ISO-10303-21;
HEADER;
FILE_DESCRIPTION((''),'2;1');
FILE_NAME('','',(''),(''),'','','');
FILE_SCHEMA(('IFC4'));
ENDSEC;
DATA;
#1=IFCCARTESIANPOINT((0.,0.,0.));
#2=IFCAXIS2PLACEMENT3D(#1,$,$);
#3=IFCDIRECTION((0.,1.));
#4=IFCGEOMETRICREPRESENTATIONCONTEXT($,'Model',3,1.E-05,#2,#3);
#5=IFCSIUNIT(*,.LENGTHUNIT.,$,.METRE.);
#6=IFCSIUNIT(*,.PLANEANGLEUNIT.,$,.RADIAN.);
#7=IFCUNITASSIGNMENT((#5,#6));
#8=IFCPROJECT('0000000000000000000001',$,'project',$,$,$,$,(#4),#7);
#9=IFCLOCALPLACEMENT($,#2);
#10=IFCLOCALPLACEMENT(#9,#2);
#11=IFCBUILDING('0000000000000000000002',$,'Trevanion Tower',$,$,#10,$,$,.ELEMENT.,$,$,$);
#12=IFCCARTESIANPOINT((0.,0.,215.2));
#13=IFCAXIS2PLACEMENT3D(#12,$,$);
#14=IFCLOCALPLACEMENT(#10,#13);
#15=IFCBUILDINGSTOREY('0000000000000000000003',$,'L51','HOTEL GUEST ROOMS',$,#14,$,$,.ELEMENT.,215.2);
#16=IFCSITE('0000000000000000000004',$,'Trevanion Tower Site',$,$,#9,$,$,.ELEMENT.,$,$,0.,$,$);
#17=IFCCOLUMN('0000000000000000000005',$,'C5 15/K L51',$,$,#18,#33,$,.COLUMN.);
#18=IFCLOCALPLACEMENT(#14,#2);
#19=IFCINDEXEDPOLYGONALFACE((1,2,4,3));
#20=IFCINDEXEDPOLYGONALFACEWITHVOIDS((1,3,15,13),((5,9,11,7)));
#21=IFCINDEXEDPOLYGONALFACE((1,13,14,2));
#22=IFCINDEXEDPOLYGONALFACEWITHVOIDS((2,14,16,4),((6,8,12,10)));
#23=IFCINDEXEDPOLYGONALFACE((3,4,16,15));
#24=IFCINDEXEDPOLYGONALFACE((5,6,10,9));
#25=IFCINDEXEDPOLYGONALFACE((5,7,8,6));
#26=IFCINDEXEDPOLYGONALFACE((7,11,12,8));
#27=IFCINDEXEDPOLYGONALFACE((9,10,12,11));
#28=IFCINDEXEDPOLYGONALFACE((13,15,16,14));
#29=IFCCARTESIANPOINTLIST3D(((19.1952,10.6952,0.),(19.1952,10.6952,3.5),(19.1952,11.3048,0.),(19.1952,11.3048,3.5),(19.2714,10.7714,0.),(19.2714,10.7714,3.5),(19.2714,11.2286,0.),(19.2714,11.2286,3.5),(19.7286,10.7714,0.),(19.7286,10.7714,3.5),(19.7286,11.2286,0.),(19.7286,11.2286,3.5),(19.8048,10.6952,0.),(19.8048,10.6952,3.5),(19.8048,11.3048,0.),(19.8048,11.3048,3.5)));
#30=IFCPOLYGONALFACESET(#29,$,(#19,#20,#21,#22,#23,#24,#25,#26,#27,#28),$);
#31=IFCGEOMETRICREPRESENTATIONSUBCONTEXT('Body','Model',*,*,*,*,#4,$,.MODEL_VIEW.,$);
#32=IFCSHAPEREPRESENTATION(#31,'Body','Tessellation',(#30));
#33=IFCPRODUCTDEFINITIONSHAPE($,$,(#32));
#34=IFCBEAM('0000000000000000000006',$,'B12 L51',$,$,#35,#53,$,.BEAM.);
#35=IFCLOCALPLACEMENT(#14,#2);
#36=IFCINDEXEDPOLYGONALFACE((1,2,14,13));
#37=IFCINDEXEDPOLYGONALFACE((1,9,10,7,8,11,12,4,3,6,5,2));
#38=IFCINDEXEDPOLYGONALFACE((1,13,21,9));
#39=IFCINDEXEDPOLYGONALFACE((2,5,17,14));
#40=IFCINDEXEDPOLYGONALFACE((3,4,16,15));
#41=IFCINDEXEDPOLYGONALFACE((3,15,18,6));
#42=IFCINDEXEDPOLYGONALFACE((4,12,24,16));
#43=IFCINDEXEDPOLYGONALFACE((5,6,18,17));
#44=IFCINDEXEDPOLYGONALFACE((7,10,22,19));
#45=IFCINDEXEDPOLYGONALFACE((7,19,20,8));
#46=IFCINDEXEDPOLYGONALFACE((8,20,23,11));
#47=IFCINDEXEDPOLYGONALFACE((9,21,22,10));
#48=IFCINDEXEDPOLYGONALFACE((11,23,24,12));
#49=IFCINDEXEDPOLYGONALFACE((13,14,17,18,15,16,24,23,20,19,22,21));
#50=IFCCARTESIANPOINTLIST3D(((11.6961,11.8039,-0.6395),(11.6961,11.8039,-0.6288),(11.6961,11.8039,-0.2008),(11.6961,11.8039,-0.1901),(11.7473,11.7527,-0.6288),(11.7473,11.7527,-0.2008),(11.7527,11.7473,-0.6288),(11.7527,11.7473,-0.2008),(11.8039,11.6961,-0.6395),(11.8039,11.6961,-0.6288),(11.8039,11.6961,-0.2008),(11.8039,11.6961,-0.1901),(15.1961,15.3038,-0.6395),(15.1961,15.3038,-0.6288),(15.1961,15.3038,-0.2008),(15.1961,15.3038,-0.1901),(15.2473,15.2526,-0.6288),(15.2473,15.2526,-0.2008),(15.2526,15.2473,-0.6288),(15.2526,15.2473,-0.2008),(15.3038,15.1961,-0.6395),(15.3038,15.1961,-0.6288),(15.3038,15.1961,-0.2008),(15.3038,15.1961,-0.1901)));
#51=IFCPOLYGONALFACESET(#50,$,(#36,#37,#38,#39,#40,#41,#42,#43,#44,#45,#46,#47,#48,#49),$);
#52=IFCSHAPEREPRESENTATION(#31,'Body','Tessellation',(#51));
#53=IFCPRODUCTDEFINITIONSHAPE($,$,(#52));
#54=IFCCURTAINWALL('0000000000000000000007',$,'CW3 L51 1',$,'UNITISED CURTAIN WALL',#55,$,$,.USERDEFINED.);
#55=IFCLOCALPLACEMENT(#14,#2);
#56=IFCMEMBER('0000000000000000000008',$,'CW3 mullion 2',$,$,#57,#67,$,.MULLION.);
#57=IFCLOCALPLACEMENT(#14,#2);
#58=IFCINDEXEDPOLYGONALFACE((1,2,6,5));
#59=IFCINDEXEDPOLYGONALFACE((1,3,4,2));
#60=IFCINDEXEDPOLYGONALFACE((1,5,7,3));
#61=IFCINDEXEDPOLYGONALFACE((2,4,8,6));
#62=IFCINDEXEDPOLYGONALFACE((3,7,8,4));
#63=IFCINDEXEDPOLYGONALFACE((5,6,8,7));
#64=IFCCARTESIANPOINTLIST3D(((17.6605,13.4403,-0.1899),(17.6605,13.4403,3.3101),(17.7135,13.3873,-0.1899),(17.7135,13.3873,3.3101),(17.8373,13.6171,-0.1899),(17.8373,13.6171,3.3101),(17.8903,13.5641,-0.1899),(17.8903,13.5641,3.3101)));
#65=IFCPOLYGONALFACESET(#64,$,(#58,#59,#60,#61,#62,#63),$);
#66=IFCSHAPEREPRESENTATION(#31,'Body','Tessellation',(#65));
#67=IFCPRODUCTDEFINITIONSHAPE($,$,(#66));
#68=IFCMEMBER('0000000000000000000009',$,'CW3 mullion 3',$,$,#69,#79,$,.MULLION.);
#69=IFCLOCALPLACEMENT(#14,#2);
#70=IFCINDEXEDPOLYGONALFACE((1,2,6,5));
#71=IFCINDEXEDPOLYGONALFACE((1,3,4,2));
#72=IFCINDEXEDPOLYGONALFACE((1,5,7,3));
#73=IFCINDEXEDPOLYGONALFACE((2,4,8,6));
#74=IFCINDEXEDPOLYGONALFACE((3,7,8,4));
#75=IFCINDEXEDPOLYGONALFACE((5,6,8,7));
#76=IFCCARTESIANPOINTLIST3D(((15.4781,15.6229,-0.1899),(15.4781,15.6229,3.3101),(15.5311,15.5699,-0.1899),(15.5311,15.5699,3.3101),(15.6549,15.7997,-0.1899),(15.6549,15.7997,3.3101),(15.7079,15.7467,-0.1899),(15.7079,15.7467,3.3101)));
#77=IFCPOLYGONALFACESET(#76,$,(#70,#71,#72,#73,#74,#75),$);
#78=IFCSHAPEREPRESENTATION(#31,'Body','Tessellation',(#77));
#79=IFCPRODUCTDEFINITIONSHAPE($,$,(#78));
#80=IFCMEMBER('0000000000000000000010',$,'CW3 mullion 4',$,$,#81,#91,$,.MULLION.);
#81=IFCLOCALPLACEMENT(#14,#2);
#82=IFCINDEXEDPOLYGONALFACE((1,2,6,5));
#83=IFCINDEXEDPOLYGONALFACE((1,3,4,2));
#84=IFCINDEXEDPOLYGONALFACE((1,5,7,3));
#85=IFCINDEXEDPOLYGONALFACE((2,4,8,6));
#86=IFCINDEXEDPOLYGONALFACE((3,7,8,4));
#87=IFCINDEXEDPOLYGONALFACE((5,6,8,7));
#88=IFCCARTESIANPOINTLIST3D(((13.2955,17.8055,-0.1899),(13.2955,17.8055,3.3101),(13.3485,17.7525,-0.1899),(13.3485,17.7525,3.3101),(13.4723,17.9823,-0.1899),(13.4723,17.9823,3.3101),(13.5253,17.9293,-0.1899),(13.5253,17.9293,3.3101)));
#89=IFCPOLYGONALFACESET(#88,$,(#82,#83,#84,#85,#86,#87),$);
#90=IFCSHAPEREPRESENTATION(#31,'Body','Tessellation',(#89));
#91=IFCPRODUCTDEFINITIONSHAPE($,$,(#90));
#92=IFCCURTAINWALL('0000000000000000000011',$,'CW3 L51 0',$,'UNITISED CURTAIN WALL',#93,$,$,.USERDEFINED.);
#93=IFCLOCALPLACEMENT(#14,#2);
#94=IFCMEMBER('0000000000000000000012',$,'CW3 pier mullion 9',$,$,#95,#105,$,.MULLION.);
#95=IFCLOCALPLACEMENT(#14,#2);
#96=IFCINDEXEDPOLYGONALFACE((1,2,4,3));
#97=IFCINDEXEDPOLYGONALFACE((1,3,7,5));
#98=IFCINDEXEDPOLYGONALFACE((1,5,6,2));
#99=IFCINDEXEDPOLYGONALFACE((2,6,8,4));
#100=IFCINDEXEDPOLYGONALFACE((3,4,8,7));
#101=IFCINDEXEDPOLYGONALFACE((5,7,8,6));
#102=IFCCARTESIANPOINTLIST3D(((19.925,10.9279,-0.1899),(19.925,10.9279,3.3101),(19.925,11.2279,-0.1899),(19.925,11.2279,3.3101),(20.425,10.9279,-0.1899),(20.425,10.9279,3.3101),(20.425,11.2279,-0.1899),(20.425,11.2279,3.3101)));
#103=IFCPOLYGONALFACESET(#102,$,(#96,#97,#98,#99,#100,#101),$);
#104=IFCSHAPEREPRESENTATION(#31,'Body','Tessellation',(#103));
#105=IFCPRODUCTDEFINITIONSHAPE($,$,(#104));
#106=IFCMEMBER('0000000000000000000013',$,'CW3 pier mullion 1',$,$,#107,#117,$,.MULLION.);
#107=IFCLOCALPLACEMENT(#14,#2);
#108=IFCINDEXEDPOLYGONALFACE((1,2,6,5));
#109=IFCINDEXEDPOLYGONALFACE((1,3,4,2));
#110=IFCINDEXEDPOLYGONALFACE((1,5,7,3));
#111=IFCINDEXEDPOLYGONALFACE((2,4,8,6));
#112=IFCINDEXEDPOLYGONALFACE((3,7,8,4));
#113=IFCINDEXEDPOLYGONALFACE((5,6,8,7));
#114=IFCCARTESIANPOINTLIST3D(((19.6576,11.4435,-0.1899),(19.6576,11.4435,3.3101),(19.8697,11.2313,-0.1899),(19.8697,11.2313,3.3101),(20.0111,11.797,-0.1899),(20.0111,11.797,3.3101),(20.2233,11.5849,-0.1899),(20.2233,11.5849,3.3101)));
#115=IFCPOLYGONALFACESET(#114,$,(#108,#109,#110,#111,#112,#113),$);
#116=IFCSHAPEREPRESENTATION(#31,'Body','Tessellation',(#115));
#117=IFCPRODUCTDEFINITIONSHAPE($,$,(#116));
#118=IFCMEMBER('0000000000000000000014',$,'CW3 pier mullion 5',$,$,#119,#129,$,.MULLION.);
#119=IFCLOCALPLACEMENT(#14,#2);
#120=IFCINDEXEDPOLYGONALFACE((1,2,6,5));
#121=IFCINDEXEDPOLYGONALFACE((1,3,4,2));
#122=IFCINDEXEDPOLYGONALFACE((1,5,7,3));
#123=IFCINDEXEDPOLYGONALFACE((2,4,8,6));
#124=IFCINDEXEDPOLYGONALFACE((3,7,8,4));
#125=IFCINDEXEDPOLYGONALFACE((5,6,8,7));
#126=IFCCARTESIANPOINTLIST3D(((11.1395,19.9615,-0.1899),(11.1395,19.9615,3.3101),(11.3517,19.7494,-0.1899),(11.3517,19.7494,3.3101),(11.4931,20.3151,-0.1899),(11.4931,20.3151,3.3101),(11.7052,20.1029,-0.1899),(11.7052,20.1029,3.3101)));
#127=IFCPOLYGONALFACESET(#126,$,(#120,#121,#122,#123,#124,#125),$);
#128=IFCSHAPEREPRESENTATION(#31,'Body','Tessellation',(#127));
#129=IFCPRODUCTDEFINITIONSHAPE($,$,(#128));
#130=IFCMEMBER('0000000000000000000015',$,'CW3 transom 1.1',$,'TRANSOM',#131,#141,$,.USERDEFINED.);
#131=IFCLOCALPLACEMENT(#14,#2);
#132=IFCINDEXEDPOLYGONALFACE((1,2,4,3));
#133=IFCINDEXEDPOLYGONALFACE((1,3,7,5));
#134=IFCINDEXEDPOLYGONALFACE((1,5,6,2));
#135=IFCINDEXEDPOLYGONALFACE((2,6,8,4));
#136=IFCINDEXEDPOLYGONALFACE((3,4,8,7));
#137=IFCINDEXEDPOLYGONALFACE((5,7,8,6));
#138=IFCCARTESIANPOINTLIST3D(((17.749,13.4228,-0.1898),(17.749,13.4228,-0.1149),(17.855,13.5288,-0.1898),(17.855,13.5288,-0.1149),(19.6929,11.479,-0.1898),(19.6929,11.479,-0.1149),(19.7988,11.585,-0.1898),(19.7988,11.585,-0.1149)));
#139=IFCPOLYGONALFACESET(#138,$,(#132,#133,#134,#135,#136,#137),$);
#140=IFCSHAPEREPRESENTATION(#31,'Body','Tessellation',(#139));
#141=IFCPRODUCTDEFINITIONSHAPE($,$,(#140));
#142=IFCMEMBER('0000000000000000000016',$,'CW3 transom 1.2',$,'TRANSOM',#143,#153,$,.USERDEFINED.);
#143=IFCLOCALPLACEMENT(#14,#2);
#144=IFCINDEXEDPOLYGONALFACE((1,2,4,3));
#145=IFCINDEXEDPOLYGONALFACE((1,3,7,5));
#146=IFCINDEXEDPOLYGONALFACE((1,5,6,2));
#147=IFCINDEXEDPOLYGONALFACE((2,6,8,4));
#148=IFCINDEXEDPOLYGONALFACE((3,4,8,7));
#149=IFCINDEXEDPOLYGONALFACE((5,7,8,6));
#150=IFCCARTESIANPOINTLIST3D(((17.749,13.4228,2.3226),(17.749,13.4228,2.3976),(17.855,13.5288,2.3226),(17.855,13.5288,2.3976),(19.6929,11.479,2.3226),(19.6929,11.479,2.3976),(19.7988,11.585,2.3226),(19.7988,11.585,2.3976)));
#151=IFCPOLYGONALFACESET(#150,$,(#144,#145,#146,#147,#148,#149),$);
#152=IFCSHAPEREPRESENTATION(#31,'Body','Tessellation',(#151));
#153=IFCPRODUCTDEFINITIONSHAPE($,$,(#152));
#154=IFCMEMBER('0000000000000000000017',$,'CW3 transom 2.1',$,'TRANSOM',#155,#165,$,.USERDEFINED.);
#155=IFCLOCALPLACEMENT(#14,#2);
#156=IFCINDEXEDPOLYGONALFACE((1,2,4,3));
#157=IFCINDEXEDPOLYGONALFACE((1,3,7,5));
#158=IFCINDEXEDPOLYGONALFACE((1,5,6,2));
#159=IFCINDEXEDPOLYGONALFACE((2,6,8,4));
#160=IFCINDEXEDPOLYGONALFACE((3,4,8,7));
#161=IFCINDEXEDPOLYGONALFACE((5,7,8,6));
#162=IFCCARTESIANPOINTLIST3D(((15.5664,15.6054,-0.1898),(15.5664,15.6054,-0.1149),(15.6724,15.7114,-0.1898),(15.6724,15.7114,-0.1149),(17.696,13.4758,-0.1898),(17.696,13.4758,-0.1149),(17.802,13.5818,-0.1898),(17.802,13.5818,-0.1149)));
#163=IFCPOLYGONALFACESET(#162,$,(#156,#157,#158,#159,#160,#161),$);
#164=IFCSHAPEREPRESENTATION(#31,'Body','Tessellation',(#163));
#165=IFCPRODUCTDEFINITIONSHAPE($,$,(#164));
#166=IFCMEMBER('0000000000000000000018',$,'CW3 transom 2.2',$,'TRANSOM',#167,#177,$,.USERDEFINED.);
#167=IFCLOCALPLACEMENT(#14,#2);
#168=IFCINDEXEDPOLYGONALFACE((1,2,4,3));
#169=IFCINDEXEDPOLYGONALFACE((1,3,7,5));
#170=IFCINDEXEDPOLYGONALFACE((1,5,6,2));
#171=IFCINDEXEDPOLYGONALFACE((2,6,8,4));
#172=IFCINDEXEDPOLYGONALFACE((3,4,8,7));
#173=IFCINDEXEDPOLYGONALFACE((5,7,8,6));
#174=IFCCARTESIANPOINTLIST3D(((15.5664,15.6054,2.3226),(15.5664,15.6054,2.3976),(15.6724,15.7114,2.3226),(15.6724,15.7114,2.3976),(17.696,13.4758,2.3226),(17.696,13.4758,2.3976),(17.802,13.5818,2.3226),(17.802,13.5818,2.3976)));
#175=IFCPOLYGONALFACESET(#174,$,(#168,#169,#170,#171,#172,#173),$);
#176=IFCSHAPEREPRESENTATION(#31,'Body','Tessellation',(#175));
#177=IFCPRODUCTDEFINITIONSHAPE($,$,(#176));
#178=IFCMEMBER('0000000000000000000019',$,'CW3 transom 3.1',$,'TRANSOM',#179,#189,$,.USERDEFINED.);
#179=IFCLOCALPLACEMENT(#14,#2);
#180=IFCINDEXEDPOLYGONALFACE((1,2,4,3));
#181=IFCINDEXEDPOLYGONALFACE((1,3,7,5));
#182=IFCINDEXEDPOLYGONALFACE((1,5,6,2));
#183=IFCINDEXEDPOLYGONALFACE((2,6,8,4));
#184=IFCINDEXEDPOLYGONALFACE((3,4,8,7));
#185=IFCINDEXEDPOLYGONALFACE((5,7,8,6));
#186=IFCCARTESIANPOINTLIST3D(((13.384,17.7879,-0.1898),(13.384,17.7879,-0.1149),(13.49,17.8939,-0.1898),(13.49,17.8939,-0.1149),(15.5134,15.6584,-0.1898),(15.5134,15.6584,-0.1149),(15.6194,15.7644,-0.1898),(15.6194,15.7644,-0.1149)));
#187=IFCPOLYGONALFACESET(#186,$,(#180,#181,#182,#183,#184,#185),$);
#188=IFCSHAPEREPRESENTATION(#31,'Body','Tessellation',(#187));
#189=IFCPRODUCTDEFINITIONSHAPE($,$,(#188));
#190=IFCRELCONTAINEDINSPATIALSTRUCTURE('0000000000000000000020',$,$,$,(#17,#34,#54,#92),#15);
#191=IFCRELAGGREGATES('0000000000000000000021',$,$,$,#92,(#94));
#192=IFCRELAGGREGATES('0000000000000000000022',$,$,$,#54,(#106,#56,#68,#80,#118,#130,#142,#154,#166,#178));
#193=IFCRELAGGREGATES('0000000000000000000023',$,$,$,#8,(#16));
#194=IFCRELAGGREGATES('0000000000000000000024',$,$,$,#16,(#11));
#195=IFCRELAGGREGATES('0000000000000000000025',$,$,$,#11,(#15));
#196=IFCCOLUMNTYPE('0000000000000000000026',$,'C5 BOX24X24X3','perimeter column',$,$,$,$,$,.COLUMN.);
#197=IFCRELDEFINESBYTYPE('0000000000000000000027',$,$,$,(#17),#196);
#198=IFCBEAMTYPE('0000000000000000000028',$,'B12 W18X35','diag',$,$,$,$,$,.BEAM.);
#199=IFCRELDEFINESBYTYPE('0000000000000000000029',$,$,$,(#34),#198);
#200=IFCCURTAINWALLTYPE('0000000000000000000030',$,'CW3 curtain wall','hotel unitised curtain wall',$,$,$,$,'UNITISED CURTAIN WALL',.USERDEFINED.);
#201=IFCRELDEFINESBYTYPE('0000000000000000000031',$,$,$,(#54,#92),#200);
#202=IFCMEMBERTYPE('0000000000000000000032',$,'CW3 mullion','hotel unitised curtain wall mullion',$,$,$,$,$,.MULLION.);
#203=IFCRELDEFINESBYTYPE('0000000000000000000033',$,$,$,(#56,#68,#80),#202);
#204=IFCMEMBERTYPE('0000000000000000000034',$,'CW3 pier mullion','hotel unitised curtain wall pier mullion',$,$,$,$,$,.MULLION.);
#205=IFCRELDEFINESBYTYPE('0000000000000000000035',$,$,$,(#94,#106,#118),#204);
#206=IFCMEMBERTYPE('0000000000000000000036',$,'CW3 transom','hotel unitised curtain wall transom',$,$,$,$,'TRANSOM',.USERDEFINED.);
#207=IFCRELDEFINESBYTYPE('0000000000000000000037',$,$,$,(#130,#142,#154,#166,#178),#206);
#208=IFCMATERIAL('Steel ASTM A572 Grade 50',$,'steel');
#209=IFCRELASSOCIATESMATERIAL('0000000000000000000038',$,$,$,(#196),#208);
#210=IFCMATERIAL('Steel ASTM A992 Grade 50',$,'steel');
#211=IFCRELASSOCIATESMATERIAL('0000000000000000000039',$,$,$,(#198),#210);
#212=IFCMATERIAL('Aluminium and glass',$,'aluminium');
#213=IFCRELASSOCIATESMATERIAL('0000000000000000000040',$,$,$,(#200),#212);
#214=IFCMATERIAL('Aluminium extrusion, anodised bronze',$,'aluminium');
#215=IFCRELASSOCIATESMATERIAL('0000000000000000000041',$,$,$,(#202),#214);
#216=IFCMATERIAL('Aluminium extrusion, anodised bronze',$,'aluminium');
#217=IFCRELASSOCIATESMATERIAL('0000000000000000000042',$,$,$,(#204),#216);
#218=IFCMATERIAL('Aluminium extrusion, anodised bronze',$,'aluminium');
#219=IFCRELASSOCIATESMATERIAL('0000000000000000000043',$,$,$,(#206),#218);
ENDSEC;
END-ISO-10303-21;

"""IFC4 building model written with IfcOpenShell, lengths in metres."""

from ifc_helpers import new_model, si_unit, direction, frame, origin, origin_2d, place, context, subcontext, project, spatial, rectangle, hollow_rectangle, i_section, extrude, material, material_profile, profile_set, type_object, element, aggregate, save


model = new_model("IFC4")

# Units and contexts
model_context = context("Model", 3, precision=1e-05, world=origin(), true_north=direction((0.0, 1.0)))
body_context = subcontext(model_context, "Body", "Model", "MODEL_VIEW")
ifc_project = project(units=[si_unit("LENGTHUNIT", "METRE"), si_unit("PLANEANGLEUNIT", "RADIAN")], contexts=[model_context])

# Site, building, storey
site_placement = place(None, origin())
site = spatial("IfcSite", under=ifc_project, at=site_placement, Name="Trevanion Tower Site", CompositionType="ELEMENT", RefElevation=0.0)
building_placement = place(site_placement, origin())
building = spatial("IfcBuilding", under=site, at=building_placement, Name="Trevanion Tower", CompositionType="ELEMENT")
storey_placement = place(building_placement, frame((0.0, 0.0, 215.2)))
storey = spatial("IfcBuildingStorey", under=building, at=storey_placement, Name="L51", Description="HOTEL GUEST ROOMS", CompositionType="ELEMENT", Elevation=215.2)

# Column
ifc_material_1 = material(Name="Steel ASTM A572 Grade 50", Category="steel")
ifc_material_profile_1 = material_profile(ifc_material_1, hollow_rectangle(XDim=0.6096, YDim=0.6096, WallThickness=0.0762, at=origin_2d()), Name="BOX24X24X3")
ifc_profile_set_1 = profile_set([ifc_material_profile_1], Name="Steel ASTM A572 Grade 50")
column_type = type_object("IfcColumnType", Name="C5 BOX24X24X3", Description="perimeter column", PredefinedType="COLUMN", material=ifc_profile_set_1)
column_placement = place(storey_placement, frame((19.5, 11.0, 0.0), z_axis=(0.0, 0.0, 1.0), x_axis=(0.0, 1.0, 0.0)))
element("IfcColumn", 1, at=column_placement, inside=storey, type_object=column_type, Name="C5 15/K L51", PredefinedType="COLUMN", context=body_context, shape_type="SweptSolid", body=[
    extrude(hollow_rectangle(XDim=0.6096, YDim=0.6096, WallThickness=0.0762, at=origin_2d()), origin(), (0.0, 0.0, 1.0), 3.5),
])

# Beam
ifc_material_2 = material(Name="Steel ASTM A992 Grade 50", Category="steel")
ifc_material_profile_2 = material_profile(ifc_material_2, i_section(OverallWidth=0.1523, OverallDepth=0.4495, WebThickness=0.0076, FlangeThickness=0.0107, at=origin_2d()), Name="W18X35")
ifc_profile_set_2 = profile_set([ifc_material_profile_2], Name="Steel ASTM A992 Grade 50")
beam_type_1 = type_object("IfcBeamType", Name="B12 W18X35", Description="diag", PredefinedType="BEAM", material=ifc_profile_set_2)
beam_1_placement = place(storey_placement, frame((11.75, 11.75, -0.4148), z_axis=(0.707107, 0.707107, 0.0), x_axis=(-0.707107, 0.707107, 0.0)))
element("IfcBeam", 2, at=beam_1_placement, inside=storey, type_object=beam_type_1, Name="B12 L51", PredefinedType="BEAM", context=body_context, shape_type="SweptSolid", body=[
    extrude(i_section(OverallWidth=0.1523, OverallDepth=0.4495, WebThickness=0.0076, FlangeThickness=0.0107, at=origin_2d()), origin(), (0.0, 0.0, 1.0), 4.9497),
])

# Curtain wall, members
ifc_material_3 = material(Name="Aluminium and glass", Category="aluminium")
curtain_wall_type = type_object("IfcCurtainWallType", Name="CW3 curtain wall", Description="hotel unitised curtain wall", ElementType="UNITISED CURTAIN WALL", PredefinedType="USERDEFINED", material=ifc_material_3)
curtain_wall_1_placement = place(storey_placement, origin())
curtain_wall_1 = element("IfcCurtainWall", 3, at=curtain_wall_1_placement, inside=storey, type_object=curtain_wall_type, Name="CW3 L51 1", ObjectType="UNITISED CURTAIN WALL", PredefinedType="USERDEFINED")
ifc_material_4 = material(Name="Aluminium extrusion, anodised bronze", Category="aluminium")
ifc_material_profile_3 = material_profile(ifc_material_4, rectangle(XDim=0.075, YDim=0.25, at=origin_2d()), Name="CW3 mullion")
ifc_profile_set_3 = profile_set([ifc_material_profile_3], Name="Aluminium extrusion, anodised bronze")
member_type_1 = type_object("IfcMemberType", Name="CW3 mullion", Description="hotel unitised curtain wall mullion", PredefinedType="MULLION", material=ifc_profile_set_3)
member_1_placement = place(storey_placement, frame((17.7754, 13.5022, -0.1899), z_axis=(0.0, 0.0, 1.0), x_axis=(-0.707107, 0.707107, 0.0)))
member_1 = element("IfcMember", 4, at=member_1_placement, type_object=member_type_1, Name="CW3 mullion 2", PredefinedType="MULLION", context=body_context, shape_type="SweptSolid", body=[
    extrude(rectangle(XDim=0.075, YDim=0.25, at=origin_2d()), origin(), (0.0, 0.0, 1.0), 3.5),
])
member_2_placement = place(storey_placement, frame((15.593, 15.6848, -0.1899), z_axis=(0.0, 0.0, 1.0), x_axis=(-0.707107, 0.707107, 0.0)))
member_2 = element("IfcMember", 5, at=member_2_placement, type_object=member_type_1, Name="CW3 mullion 3", PredefinedType="MULLION", context=body_context, shape_type="SweptSolid", body=[
    extrude(rectangle(XDim=0.075, YDim=0.25, at=origin_2d()), origin(), (0.0, 0.0, 1.0), 3.5),
])
member_3_placement = place(storey_placement, frame((13.4104, 17.8674, -0.1899), z_axis=(0.0, 0.0, 1.0), x_axis=(-0.707107, 0.707107, 0.0)))
member_3 = element("IfcMember", 6, at=member_3_placement, type_object=member_type_1, Name="CW3 mullion 4", PredefinedType="MULLION", context=body_context, shape_type="SweptSolid", body=[
    extrude(rectangle(XDim=0.075, YDim=0.25, at=origin_2d()), origin(), (0.0, 0.0, 1.0), 3.5),
])

# Curtain wall, member
curtain_wall_2_placement = place(storey_placement, origin())
curtain_wall_2 = element("IfcCurtainWall", 7, at=curtain_wall_2_placement, inside=storey, type_object=curtain_wall_type, Name="CW3 L51 0", ObjectType="UNITISED CURTAIN WALL", PredefinedType="USERDEFINED")
ifc_material_5 = material(Name="Aluminium extrusion, anodised bronze", Category="aluminium")
ifc_material_profile_4 = material_profile(ifc_material_5, rectangle(XDim=0.3, YDim=0.5, at=origin_2d()), Name="CW3 pier mullion")
ifc_profile_set_4 = profile_set([ifc_material_profile_4], Name="Aluminium extrusion, anodised bronze")
member_type_2 = type_object("IfcMemberType", Name="CW3 pier mullion", Description="hotel unitised curtain wall pier mullion", PredefinedType="MULLION", material=ifc_profile_set_4)
member_4_placement = place(storey_placement, frame((20.175, 11.0779, -0.1899), z_axis=(0.0, 0.0, 1.0), x_axis=(0.0, 1.0, 0.0)))
member_4 = element("IfcMember", 8, at=member_4_placement, type_object=member_type_2, Name="CW3 pier mullion 9", PredefinedType="MULLION", context=body_context, shape_type="SweptSolid", body=[
    extrude(rectangle(XDim=0.3, YDim=0.5, at=origin_2d()), origin(), (0.0, 0.0, 1.0), 3.5),
])

# Members
member_5_placement = place(storey_placement, frame((19.9404, 11.5142, -0.1899), z_axis=(0.0, 0.0, 1.0), x_axis=(-0.707107, 0.707107, 0.0)))
member_5 = element("IfcMember", 9, at=member_5_placement, type_object=member_type_2, Name="CW3 pier mullion 1", PredefinedType="MULLION", context=body_context, shape_type="SweptSolid", body=[
    extrude(rectangle(XDim=0.3, YDim=0.5, at=origin_2d()), origin(), (0.0, 0.0, 1.0), 3.5),
])
member_6_placement = place(storey_placement, frame((11.4224, 20.0322, -0.1899), z_axis=(0.0, 0.0, 1.0), x_axis=(-0.707107, 0.707107, 0.0)))
member_6 = element("IfcMember", 10, at=member_6_placement, type_object=member_type_2, Name="CW3 pier mullion 5", PredefinedType="MULLION", context=body_context, shape_type="SweptSolid", body=[
    extrude(rectangle(XDim=0.3, YDim=0.5, at=origin_2d()), origin(), (0.0, 0.0, 1.0), 3.5),
])
ifc_material_6 = material(Name="Aluminium extrusion, anodised bronze", Category="aluminium")
ifc_material_profile_5 = material_profile(ifc_material_6, rectangle(XDim=0.1499, YDim=0.075, at=origin_2d()), Name="CW3 transom")
ifc_profile_set_5 = profile_set([ifc_material_profile_5], Name="Aluminium extrusion, anodised bronze")
member_type_3 = type_object("IfcMemberType", Name="CW3 transom", Description="hotel unitised curtain wall transom", ElementType="TRANSOM", PredefinedType="USERDEFINED", material=ifc_profile_set_5)
member_7_placement = place(storey_placement, frame((19.7458, 11.532, -0.1523), z_axis=(-0.707107, 0.707107, 0.0), x_axis=(-0.707107, -0.707107, 0.0)))
member_7 = element("IfcMember", 11, at=member_7_placement, type_object=member_type_3, Name="CW3 transom 1.1", ObjectType="TRANSOM", PredefinedType="USERDEFINED", context=body_context, shape_type="SweptSolid", body=[
    extrude(rectangle(XDim=0.1499, YDim=0.075, at=origin_2d()), origin(), (0.0, 0.0, 1.0), 2.749),
])
member_8_placement = place(storey_placement, frame((19.7458, 11.532, 2.3601), z_axis=(-0.707107, 0.707107, 0.0), x_axis=(-0.707107, -0.707107, 0.0)))
member_8 = element("IfcMember", 12, at=member_8_placement, type_object=member_type_3, Name="CW3 transom 1.2", ObjectType="TRANSOM", PredefinedType="USERDEFINED", context=body_context, shape_type="SweptSolid", body=[
    extrude(rectangle(XDim=0.1499, YDim=0.075, at=origin_2d()), origin(), (0.0, 0.0, 1.0), 2.749),
])
member_9_placement = place(storey_placement, frame((17.749, 13.5288, -0.1523), z_axis=(-0.707107, 0.707107, 0.0), x_axis=(-0.707107, -0.707107, 0.0)))
member_9 = element("IfcMember", 13, at=member_9_placement, type_object=member_type_3, Name="CW3 transom 2.1", ObjectType="TRANSOM", PredefinedType="USERDEFINED", context=body_context, shape_type="SweptSolid", body=[
    extrude(rectangle(XDim=0.1499, YDim=0.075, at=origin_2d()), origin(), (0.0, 0.0, 1.0), 3.0117),
])
member_10_placement = place(storey_placement, frame((17.749, 13.5288, 2.3601), z_axis=(-0.707107, 0.707107, 0.0), x_axis=(-0.707107, -0.707107, 0.0)))
member_10 = element("IfcMember", 14, at=member_10_placement, type_object=member_type_3, Name="CW3 transom 2.2", ObjectType="TRANSOM", PredefinedType="USERDEFINED", context=body_context, shape_type="SweptSolid", body=[
    extrude(rectangle(XDim=0.1499, YDim=0.075, at=origin_2d()), origin(), (0.0, 0.0, 1.0), 3.0117),
])
member_11_placement = place(storey_placement, frame((15.5664, 15.7114, -0.1523), z_axis=(-0.707107, 0.707107, 0.0), x_axis=(-0.707107, -0.707107, 0.0)))
member_11 = element("IfcMember", 15, at=member_11_placement, type_object=member_type_3, Name="CW3 transom 3.1", ObjectType="TRANSOM", PredefinedType="USERDEFINED", context=body_context, shape_type="SweptSolid", body=[
    extrude(rectangle(XDim=0.1499, YDim=0.075, at=origin_2d()), origin(), (0.0, 0.0, 1.0), 3.0115),
])

aggregate(curtain_wall_2, [member_4])
aggregate(curtain_wall_1, [member_5, member_1, member_2, member_3, member_6, member_7, member_8, member_9, member_10, member_11])

save(model, "model.ifc")
